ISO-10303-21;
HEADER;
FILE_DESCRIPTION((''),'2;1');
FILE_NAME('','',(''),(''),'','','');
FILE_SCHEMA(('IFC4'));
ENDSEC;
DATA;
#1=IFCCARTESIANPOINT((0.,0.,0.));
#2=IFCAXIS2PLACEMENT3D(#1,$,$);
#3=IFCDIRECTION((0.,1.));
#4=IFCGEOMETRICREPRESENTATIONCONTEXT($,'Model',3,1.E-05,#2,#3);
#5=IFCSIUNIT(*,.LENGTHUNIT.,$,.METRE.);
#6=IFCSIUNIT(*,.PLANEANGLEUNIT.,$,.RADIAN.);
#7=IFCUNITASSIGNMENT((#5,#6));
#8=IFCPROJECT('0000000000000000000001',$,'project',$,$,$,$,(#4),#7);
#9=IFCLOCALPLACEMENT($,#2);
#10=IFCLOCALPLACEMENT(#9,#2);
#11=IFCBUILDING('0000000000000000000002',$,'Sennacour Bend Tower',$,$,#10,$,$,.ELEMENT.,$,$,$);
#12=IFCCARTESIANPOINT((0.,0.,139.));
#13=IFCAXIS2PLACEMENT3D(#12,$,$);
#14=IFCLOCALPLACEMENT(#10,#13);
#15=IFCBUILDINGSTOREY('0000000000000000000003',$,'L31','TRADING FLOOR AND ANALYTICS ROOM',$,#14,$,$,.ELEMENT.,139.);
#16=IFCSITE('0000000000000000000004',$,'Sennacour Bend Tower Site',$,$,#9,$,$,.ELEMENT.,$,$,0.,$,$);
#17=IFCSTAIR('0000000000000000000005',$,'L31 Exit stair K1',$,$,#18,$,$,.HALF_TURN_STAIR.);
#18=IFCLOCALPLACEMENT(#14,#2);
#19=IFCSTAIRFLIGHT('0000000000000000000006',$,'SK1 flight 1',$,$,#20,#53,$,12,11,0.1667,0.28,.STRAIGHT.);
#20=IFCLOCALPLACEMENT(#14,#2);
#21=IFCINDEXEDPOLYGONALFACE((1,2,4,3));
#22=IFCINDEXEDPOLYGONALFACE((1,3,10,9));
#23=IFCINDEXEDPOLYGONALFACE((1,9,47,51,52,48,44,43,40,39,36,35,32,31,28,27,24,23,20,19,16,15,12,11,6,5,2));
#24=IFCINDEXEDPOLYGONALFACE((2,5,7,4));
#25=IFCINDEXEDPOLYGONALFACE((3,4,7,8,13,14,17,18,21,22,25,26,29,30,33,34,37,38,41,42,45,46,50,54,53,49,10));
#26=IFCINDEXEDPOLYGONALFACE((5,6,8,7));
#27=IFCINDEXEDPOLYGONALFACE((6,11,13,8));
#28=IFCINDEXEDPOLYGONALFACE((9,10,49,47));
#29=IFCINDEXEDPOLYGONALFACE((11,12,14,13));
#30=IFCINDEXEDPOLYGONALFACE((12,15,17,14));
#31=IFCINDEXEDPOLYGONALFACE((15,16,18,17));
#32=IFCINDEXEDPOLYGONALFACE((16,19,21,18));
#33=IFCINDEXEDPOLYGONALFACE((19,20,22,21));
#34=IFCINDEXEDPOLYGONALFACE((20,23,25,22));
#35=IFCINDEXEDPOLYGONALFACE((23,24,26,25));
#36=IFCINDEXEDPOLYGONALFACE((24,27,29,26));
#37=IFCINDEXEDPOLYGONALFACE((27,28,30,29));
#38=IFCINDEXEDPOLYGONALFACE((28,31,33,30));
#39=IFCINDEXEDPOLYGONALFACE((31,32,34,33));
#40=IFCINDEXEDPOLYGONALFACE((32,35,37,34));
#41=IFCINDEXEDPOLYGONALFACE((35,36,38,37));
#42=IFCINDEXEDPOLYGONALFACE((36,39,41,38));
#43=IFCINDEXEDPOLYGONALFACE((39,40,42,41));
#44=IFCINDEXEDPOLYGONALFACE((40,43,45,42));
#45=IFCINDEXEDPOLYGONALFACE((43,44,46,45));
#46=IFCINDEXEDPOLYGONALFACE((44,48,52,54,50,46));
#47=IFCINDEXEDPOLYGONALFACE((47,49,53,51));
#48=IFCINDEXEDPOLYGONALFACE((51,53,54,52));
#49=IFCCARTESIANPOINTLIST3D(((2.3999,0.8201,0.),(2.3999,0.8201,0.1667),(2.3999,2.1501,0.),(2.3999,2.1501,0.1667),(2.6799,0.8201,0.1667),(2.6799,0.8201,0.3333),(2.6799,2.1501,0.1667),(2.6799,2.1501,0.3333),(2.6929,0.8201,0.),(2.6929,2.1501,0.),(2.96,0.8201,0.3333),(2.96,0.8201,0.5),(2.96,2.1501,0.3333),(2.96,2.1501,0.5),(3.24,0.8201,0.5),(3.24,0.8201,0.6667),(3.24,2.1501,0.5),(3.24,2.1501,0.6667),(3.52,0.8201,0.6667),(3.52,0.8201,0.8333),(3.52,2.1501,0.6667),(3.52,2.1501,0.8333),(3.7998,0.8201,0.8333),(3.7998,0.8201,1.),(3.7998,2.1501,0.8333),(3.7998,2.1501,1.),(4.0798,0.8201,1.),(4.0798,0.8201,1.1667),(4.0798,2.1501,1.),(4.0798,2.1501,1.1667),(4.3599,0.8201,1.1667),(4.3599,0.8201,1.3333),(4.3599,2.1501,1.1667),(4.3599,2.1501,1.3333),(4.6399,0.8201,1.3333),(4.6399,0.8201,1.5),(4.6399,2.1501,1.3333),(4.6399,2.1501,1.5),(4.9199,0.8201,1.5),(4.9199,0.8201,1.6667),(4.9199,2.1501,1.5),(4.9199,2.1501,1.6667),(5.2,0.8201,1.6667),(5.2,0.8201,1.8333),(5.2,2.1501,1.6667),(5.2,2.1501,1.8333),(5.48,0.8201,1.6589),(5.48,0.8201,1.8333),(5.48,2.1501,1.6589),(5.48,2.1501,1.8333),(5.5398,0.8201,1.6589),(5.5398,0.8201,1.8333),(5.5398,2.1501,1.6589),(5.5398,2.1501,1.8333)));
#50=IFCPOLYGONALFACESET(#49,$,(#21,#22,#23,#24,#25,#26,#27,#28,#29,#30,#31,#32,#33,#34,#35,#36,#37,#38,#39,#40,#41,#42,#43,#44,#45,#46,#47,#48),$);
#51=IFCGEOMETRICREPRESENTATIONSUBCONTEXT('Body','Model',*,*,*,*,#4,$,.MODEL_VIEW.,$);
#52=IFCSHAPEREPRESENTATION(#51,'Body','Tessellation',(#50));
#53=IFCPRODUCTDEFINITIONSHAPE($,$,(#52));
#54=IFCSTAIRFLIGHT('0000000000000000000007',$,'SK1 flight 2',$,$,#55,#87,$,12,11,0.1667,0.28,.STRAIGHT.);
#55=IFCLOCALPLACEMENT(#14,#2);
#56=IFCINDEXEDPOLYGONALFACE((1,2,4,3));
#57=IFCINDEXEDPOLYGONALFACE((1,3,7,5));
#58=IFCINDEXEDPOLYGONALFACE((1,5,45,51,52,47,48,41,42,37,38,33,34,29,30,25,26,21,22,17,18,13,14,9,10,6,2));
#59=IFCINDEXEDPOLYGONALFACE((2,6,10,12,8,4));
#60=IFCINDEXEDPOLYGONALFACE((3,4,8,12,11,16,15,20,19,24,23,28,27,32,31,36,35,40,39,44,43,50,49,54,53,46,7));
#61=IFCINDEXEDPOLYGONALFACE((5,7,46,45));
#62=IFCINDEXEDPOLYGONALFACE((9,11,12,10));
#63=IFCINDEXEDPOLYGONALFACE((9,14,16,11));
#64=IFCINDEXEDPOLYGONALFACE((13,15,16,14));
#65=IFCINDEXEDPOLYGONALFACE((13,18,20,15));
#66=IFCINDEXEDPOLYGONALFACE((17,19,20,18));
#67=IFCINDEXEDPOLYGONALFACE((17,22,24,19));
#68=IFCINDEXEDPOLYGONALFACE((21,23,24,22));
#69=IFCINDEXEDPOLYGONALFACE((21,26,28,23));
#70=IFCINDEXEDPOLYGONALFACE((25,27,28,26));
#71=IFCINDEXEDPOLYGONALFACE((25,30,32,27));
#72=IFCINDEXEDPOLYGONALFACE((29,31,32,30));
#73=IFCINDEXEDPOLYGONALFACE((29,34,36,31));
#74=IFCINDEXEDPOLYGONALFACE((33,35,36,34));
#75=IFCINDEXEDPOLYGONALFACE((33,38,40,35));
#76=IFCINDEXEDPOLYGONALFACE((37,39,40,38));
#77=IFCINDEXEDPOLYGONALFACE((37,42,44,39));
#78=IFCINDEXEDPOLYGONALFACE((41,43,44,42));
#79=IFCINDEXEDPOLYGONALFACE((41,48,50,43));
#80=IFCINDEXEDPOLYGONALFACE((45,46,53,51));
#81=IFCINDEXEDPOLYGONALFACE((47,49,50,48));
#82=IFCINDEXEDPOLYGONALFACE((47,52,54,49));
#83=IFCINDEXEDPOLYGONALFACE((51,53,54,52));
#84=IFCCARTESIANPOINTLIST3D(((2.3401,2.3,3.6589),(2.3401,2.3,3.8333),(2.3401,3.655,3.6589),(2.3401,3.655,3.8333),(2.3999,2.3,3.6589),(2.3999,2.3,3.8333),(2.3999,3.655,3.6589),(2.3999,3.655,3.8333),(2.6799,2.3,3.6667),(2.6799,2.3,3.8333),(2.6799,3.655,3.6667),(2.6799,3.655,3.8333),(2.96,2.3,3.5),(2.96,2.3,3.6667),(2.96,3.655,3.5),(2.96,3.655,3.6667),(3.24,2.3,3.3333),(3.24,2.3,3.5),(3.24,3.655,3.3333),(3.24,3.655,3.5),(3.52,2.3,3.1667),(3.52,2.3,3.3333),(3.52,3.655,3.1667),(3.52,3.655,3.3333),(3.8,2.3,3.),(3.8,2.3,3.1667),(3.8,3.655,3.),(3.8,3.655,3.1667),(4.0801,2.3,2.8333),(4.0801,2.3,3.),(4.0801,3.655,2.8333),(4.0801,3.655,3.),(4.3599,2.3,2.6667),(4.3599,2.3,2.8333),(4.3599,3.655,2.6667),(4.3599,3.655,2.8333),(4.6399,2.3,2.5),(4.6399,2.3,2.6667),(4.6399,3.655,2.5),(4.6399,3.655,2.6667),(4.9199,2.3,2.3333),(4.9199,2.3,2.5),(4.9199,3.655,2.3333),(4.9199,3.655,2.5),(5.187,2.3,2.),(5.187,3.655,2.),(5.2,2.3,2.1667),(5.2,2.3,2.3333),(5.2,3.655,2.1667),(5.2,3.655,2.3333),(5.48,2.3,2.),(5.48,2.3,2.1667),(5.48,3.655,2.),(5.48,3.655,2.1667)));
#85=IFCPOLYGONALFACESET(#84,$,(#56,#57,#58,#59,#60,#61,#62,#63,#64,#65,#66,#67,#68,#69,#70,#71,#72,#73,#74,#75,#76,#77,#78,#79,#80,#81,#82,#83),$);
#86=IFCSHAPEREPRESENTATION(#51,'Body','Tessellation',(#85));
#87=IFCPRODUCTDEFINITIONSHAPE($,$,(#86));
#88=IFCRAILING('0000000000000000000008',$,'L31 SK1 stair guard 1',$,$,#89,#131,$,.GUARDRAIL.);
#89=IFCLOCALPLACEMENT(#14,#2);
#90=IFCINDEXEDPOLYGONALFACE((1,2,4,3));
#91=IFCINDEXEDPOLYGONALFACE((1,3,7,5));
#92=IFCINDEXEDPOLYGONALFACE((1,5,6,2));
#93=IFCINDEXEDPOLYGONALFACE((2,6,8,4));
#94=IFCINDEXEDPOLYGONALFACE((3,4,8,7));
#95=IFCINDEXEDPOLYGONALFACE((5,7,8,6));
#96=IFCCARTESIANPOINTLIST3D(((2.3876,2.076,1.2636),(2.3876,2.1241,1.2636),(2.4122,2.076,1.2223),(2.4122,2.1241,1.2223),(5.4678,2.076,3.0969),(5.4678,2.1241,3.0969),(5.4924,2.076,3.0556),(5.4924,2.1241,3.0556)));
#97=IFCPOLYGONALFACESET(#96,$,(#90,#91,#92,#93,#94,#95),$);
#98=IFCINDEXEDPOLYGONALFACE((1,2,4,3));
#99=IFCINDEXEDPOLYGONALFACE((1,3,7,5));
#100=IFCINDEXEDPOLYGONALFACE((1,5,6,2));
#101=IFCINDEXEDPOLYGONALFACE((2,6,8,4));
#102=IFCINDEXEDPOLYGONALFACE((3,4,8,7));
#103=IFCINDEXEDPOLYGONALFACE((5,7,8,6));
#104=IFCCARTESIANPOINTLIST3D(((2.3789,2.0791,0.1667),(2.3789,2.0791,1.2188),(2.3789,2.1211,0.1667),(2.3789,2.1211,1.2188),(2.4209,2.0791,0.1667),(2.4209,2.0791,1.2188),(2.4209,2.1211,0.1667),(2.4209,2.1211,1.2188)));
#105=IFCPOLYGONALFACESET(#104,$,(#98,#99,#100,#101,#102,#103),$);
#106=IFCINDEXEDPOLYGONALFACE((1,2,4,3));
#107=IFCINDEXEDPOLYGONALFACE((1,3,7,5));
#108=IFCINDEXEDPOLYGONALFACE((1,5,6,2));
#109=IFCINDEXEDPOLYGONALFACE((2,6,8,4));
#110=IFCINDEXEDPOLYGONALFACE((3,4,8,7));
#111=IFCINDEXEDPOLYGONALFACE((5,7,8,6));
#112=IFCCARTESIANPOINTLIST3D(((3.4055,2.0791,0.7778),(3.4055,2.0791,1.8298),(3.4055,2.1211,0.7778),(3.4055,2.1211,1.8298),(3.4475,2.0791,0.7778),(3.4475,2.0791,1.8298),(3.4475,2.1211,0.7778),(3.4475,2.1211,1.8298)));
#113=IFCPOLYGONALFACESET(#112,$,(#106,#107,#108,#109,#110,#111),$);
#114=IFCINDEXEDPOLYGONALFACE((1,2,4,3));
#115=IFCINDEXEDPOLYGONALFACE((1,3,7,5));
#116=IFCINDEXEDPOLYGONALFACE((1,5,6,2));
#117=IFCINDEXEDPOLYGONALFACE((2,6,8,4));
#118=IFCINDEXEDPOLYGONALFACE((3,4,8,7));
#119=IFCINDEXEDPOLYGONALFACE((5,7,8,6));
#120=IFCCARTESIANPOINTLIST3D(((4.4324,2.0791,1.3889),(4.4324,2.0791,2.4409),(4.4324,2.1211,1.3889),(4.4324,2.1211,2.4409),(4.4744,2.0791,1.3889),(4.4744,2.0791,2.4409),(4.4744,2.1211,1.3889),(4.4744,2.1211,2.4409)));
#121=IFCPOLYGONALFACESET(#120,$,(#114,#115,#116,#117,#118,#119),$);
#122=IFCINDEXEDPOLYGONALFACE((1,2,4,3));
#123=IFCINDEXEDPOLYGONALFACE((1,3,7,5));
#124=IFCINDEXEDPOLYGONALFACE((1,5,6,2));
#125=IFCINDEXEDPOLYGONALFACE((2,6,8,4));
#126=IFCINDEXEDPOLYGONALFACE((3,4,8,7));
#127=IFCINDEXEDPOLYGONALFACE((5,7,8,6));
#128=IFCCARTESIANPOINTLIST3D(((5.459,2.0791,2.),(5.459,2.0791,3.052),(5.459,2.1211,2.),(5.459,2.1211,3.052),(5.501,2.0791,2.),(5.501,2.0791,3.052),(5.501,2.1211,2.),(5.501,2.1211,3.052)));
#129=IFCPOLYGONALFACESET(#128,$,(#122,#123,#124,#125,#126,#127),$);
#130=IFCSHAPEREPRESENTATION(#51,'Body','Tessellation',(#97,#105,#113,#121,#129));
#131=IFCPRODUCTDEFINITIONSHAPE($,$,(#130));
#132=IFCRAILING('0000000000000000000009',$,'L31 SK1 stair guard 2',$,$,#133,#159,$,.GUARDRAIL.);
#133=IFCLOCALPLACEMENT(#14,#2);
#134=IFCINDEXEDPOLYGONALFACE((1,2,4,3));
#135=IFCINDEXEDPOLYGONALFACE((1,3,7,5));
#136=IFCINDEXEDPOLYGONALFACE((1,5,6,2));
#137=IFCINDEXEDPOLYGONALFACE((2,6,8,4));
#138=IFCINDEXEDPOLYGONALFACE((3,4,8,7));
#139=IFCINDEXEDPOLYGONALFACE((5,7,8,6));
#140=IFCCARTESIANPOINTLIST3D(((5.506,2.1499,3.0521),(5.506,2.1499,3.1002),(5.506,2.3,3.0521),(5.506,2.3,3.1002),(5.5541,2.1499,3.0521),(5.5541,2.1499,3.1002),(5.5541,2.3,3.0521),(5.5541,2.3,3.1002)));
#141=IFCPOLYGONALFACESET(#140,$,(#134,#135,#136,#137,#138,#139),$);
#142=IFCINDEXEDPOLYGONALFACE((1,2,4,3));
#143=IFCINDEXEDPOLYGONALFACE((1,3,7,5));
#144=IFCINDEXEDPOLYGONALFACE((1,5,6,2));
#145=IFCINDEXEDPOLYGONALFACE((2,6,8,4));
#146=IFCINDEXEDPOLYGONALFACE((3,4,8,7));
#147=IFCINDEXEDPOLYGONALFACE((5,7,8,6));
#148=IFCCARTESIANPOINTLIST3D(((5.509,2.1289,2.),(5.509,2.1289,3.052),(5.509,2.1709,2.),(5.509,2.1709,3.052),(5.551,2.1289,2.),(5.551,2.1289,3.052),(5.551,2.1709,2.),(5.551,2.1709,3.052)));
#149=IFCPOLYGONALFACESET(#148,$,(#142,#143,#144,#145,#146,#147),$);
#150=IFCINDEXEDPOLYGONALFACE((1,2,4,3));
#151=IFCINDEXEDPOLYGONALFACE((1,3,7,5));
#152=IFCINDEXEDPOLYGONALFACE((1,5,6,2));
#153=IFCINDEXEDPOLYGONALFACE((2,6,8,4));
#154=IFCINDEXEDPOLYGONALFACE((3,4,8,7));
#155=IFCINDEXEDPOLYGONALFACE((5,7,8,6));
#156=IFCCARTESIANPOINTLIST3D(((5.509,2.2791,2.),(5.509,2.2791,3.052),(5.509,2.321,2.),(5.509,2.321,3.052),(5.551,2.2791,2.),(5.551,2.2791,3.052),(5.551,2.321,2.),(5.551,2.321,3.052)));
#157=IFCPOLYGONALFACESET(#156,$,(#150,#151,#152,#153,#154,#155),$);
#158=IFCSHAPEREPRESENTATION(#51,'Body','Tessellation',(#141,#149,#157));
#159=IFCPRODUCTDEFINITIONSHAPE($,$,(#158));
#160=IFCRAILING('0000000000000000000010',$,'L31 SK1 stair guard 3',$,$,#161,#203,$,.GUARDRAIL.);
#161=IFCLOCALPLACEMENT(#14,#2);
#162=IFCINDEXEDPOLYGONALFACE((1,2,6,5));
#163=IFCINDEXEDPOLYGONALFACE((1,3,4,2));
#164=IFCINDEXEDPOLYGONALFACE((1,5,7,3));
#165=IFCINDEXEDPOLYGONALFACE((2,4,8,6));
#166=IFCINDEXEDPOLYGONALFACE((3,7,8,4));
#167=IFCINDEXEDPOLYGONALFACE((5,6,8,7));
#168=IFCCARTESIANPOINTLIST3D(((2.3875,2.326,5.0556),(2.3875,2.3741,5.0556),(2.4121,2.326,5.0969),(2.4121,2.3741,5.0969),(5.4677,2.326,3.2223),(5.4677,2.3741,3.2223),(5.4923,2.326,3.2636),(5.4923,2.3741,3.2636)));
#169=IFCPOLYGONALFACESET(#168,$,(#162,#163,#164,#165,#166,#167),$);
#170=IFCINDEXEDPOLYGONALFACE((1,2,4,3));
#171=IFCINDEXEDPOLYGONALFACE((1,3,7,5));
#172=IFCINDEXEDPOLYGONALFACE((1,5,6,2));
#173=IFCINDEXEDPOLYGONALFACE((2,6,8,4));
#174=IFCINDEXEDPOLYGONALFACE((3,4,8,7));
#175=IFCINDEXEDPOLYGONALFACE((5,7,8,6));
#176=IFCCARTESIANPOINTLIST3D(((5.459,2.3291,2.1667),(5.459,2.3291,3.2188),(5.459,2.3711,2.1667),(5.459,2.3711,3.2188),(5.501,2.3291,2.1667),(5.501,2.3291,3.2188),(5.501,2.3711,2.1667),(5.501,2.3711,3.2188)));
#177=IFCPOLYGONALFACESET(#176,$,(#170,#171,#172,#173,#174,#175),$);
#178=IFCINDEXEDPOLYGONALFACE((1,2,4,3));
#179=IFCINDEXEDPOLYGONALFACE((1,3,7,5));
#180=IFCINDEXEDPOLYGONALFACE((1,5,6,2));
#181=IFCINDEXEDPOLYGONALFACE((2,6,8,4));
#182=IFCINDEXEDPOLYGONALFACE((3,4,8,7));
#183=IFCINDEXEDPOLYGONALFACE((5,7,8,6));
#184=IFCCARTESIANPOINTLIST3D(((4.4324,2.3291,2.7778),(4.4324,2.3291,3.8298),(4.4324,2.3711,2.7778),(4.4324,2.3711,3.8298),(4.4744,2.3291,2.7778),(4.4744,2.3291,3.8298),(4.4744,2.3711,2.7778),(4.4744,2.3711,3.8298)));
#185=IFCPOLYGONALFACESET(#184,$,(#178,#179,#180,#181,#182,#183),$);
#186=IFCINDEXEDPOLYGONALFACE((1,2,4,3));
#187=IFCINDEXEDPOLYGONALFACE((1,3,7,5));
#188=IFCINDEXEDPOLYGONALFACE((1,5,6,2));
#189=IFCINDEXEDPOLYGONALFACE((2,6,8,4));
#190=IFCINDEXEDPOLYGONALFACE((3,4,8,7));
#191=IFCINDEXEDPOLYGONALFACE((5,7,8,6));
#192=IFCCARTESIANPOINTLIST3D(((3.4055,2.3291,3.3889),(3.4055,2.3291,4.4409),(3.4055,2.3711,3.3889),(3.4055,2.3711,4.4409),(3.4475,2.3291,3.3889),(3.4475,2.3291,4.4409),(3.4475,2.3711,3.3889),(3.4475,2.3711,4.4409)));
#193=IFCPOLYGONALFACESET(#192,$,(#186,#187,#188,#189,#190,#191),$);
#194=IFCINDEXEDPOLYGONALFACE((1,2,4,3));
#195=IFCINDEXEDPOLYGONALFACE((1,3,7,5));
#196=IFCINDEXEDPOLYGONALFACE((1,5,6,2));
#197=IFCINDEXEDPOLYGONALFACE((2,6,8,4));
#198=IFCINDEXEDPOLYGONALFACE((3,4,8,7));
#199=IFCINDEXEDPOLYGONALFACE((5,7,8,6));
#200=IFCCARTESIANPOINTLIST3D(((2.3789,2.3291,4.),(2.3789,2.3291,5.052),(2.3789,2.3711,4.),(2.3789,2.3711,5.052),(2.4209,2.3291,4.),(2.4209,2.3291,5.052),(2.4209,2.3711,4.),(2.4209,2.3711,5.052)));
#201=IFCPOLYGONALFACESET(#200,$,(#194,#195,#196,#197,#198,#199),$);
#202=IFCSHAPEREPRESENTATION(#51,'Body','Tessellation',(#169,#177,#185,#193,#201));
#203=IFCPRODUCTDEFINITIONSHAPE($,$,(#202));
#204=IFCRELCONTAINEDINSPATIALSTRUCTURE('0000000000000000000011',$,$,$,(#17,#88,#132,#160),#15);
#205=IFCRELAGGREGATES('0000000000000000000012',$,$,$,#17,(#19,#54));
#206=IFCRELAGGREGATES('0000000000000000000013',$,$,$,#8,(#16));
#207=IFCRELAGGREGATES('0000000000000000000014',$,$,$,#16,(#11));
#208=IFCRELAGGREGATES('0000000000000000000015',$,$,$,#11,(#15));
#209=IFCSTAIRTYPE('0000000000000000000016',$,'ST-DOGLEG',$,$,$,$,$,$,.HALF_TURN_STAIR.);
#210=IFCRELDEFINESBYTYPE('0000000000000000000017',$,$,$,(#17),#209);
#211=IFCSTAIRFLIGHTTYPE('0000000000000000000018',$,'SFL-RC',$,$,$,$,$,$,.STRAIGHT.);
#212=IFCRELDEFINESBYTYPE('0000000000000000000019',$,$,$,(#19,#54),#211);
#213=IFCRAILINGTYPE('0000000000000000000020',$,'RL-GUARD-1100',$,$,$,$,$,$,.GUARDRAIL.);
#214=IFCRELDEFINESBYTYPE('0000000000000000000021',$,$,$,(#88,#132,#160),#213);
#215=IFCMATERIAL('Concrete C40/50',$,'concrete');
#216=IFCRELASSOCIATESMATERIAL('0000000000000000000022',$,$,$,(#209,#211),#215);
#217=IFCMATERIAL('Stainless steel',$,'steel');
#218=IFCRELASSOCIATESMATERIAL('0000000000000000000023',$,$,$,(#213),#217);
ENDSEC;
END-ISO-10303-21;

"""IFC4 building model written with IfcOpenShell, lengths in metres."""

from ifc_helpers import new_model, si_unit, direction, frame, origin, origin_2d, place, context, subcontext, project, spatial, polyline, rectangle, outline, extrude, material, type_object, element, aggregate, save


model = new_model("IFC4")

# Units and contexts
model_context = context("Model", 3, precision=1e-05, world=origin(), true_north=direction((0.0, 1.0)))
body_context = subcontext(model_context, "Body", "Model", "MODEL_VIEW")
ifc_project = project(units=[si_unit("LENGTHUNIT", "METRE"), si_unit("PLANEANGLEUNIT", "RADIAN")], contexts=[model_context])

# Site, building, storey
site_placement = place(None, origin())
site = spatial("IfcSite", under=ifc_project, at=site_placement, Name="Sennacour Bend Tower Site", CompositionType="ELEMENT", RefElevation=0.0)
building_placement = place(site_placement, origin())
building = spatial("IfcBuilding", under=site, at=building_placement, Name="Sennacour Bend Tower", CompositionType="ELEMENT")
storey_placement = place(building_placement, frame((0.0, 0.0, 139.0)))
storey = spatial("IfcBuildingStorey", under=building, at=storey_placement, Name="L31", Description="TRADING FLOOR AND ANALYTICS ROOM", CompositionType="ELEMENT", Elevation=139.0)

# Stair, stair flights
ifc_material_1 = material(Name="Concrete C40/50", Category="concrete")
stair_type = type_object("IfcStairType", Name="ST-DOGLEG", PredefinedType="HALF_TURN_STAIR", material=ifc_material_1)
stair_placement = place(storey_placement, origin())
stair = element("IfcStair", 1, at=stair_placement, inside=storey, type_object=stair_type, Name="L31 Exit stair K1", PredefinedType="HALF_TURN_STAIR")
stair_flight_type = type_object("IfcStairFlightType", Name="SFL-RC", PredefinedType="STRAIGHT", material=ifc_material_1)
stair_flight_1_placement = place(storey_placement, frame((2.3999, 1.4851, 0.0), z_axis=(0.0, 0.0, 1.0), x_axis=(1.0, 0.0, 0.0)))
stair_flight_1 = element("IfcStairFlight", 2, at=stair_flight_1_placement, type_object=stair_flight_type, Name="SK1 flight 1", NumberOfRisers=12, NumberOfTreads=11, PredefinedType="STRAIGHT", RiserHeight=0.1667, TreadLength=0.28, context=body_context, shape_type="SweptSolid", body=[
    extrude(outline(polyline([(0.0, 0.0), (0.0, 0.1667), (0.28, 0.1667), (0.28, 0.3333), (0.5601, 0.3333), (0.5601, 0.5), (0.8401, 0.5), (0.8401, 0.6667), (1.1201, 0.6667), (1.1201, 0.8333), (1.3999, 0.8333), (1.3999, 1.0), (1.6799, 1.0), (1.6799, 1.1667), (1.96, 1.1667), (1.96, 1.3333), (2.24, 1.3333), (2.24, 1.5), (2.52, 1.5), (2.52, 1.6667), (2.8, 1.6667), (2.8, 1.8333), (3.0801, 1.8333), (3.1399, 1.8333), (3.1399, 1.6589), (3.0801, 1.6589), (0.293, 0.0), (0.0, 0.0)])), frame((0.0, 0.665, 0.0), z_axis=(0.0, -1.0, 0.0), x_axis=(1.0, 0.0, 0.0)), (0.0, 0.0, 1.0), 1.3301),
])
stair_flight_2_placement = place(storey_placement, frame((5.48, 2.9775, 2.0), z_axis=(0.0, 0.0, 1.0), x_axis=(-1.0, 0.0, 0.0)))
stair_flight_2 = element("IfcStairFlight", 3, at=stair_flight_2_placement, type_object=stair_flight_type, Name="SK1 flight 2", NumberOfRisers=12, NumberOfTreads=11, PredefinedType="STRAIGHT", RiserHeight=0.1667, TreadLength=0.28, context=body_context, shape_type="SweptSolid", body=[
    extrude(outline(polyline([(0.0, 0.0), (0.0, 0.1667), (0.28, 0.1667), (0.28, 0.3333), (0.5601, 0.3333), (0.5601, 0.5), (0.8401, 0.5), (0.8401, 0.6667), (1.1201, 0.6667), (1.1201, 0.8333), (1.3999, 0.8333), (1.3999, 1.0), (1.6799, 1.0), (1.6799, 1.1667), (1.96, 1.1667), (1.96, 1.3333), (2.24, 1.3333), (2.24, 1.5), (2.52, 1.5), (2.52, 1.6667), (2.8, 1.6667), (2.8, 1.8333), (3.0801, 1.8333), (3.1399, 1.8333), (3.1399, 1.6589), (3.0801, 1.6589), (0.293, 0.0), (0.0, 0.0)])), frame((0.0, 0.6775, 0.0), z_axis=(0.0, -1.0, 0.0), x_axis=(1.0, 0.0, 0.0)), (0.0, 0.0, 1.0), 1.355),
])
aggregate(stair, [stair_flight_1, stair_flight_2])

# Railings
ifc_material_2 = material(Name="Stainless steel", Category="steel")
railing_type_1 = type_object("IfcRailingType", Name="RL-GUARD-1100", PredefinedType="GUARDRAIL", material=ifc_material_2)
railing_1_placement = place(storey_placement, frame((2.3999, 2.1001, 0.1667)))
element("IfcRailing", 4, at=railing_1_placement, inside=storey, type_object=railing_type_1, Name="L31 SK1 stair guard 1", PredefinedType="GUARDRAIL", context=body_context, shape_type="SweptSolid", body=[
    extrude(rectangle(XDim=0.0481, YDim=0.0481, at=origin_2d()), frame((0.0, 0.0, 1.0762), z_axis=(0.859309, 0.0, 0.511458), x_axis=(0.0, 1.0, 0.0)), (0.0, 0.0, 1.0), 3.5845),
    extrude(rectangle(XDim=0.042, YDim=0.042, at=origin_2d()), origin(), (0.0, 0.0, 1.0), 1.052),
    extrude(rectangle(XDim=0.042, YDim=0.042, at=origin_2d()), frame((1.0266, 0.0, 0.6111)), (0.0, 0.0, 1.0), 1.052),
    extrude(rectangle(XDim=0.042, YDim=0.042, at=origin_2d()), frame((2.0535, 0.0, 1.2222)), (0.0, 0.0, 1.0), 1.052),
    extrude(rectangle(XDim=0.042, YDim=0.042, at=origin_2d()), frame((3.0801, 0.0, 1.8333)), (0.0, 0.0, 1.0), 1.052),
])
railing_2_placement = place(storey_placement, frame((5.53, 2.1499, 2.0)))
element("IfcRailing", 5, at=railing_2_placement, inside=storey, type_object=railing_type_1, Name="L31 SK1 stair guard 2", PredefinedType="GUARDRAIL", context=body_context, shape_type="SweptSolid", body=[
    extrude(rectangle(XDim=0.0481, YDim=0.0481, at=origin_2d()), frame((0.0, 0.0, 1.0762), z_axis=(0.0, 1.0, 0.0), x_axis=(-1.0, 0.0, 0.0)), (0.0, 0.0, 1.0), 0.1501),
    extrude(rectangle(XDim=0.042, YDim=0.042, at=origin_2d()), origin(), (0.0, 0.0, 1.0), 1.052),
    extrude(rectangle(XDim=0.042, YDim=0.042, at=origin_2d()), frame((0.0, 0.1501, 0.0)), (0.0, 0.0, 1.0), 1.052),
])
railing_3_placement = place(storey_placement, frame((5.48, 2.3501, 2.1667)))
element("IfcRailing", 6, at=railing_3_placement, inside=storey, type_object=railing_type_1, Name="L31 SK1 stair guard 3", PredefinedType="GUARDRAIL", context=body_context, shape_type="SweptSolid", body=[
    extrude(rectangle(XDim=0.0481, YDim=0.0481, at=origin_2d()), frame((0.0, 0.0, 1.0762), z_axis=(-0.859309, 0.0, 0.511458), x_axis=(0.0, -1.0, 0.0)), (0.0, 0.0, 1.0), 3.5845),
    extrude(rectangle(XDim=0.042, YDim=0.042, at=origin_2d()), origin(), (0.0, 0.0, 1.0), 1.052),
    extrude(rectangle(XDim=0.042, YDim=0.042, at=origin_2d()), frame((-1.0266, 0.0, 0.6111)), (0.0, 0.0, 1.0), 1.052),
    extrude(rectangle(XDim=0.042, YDim=0.042, at=origin_2d()), frame((-2.0535, 0.0, 1.2222)), (0.0, 0.0, 1.0), 1.052),
    extrude(rectangle(XDim=0.042, YDim=0.042, at=origin_2d()), frame((-3.0801, 0.0, 1.8333)), (0.0, 0.0, 1.0), 1.052),
])

save(model, "model.ifc")
